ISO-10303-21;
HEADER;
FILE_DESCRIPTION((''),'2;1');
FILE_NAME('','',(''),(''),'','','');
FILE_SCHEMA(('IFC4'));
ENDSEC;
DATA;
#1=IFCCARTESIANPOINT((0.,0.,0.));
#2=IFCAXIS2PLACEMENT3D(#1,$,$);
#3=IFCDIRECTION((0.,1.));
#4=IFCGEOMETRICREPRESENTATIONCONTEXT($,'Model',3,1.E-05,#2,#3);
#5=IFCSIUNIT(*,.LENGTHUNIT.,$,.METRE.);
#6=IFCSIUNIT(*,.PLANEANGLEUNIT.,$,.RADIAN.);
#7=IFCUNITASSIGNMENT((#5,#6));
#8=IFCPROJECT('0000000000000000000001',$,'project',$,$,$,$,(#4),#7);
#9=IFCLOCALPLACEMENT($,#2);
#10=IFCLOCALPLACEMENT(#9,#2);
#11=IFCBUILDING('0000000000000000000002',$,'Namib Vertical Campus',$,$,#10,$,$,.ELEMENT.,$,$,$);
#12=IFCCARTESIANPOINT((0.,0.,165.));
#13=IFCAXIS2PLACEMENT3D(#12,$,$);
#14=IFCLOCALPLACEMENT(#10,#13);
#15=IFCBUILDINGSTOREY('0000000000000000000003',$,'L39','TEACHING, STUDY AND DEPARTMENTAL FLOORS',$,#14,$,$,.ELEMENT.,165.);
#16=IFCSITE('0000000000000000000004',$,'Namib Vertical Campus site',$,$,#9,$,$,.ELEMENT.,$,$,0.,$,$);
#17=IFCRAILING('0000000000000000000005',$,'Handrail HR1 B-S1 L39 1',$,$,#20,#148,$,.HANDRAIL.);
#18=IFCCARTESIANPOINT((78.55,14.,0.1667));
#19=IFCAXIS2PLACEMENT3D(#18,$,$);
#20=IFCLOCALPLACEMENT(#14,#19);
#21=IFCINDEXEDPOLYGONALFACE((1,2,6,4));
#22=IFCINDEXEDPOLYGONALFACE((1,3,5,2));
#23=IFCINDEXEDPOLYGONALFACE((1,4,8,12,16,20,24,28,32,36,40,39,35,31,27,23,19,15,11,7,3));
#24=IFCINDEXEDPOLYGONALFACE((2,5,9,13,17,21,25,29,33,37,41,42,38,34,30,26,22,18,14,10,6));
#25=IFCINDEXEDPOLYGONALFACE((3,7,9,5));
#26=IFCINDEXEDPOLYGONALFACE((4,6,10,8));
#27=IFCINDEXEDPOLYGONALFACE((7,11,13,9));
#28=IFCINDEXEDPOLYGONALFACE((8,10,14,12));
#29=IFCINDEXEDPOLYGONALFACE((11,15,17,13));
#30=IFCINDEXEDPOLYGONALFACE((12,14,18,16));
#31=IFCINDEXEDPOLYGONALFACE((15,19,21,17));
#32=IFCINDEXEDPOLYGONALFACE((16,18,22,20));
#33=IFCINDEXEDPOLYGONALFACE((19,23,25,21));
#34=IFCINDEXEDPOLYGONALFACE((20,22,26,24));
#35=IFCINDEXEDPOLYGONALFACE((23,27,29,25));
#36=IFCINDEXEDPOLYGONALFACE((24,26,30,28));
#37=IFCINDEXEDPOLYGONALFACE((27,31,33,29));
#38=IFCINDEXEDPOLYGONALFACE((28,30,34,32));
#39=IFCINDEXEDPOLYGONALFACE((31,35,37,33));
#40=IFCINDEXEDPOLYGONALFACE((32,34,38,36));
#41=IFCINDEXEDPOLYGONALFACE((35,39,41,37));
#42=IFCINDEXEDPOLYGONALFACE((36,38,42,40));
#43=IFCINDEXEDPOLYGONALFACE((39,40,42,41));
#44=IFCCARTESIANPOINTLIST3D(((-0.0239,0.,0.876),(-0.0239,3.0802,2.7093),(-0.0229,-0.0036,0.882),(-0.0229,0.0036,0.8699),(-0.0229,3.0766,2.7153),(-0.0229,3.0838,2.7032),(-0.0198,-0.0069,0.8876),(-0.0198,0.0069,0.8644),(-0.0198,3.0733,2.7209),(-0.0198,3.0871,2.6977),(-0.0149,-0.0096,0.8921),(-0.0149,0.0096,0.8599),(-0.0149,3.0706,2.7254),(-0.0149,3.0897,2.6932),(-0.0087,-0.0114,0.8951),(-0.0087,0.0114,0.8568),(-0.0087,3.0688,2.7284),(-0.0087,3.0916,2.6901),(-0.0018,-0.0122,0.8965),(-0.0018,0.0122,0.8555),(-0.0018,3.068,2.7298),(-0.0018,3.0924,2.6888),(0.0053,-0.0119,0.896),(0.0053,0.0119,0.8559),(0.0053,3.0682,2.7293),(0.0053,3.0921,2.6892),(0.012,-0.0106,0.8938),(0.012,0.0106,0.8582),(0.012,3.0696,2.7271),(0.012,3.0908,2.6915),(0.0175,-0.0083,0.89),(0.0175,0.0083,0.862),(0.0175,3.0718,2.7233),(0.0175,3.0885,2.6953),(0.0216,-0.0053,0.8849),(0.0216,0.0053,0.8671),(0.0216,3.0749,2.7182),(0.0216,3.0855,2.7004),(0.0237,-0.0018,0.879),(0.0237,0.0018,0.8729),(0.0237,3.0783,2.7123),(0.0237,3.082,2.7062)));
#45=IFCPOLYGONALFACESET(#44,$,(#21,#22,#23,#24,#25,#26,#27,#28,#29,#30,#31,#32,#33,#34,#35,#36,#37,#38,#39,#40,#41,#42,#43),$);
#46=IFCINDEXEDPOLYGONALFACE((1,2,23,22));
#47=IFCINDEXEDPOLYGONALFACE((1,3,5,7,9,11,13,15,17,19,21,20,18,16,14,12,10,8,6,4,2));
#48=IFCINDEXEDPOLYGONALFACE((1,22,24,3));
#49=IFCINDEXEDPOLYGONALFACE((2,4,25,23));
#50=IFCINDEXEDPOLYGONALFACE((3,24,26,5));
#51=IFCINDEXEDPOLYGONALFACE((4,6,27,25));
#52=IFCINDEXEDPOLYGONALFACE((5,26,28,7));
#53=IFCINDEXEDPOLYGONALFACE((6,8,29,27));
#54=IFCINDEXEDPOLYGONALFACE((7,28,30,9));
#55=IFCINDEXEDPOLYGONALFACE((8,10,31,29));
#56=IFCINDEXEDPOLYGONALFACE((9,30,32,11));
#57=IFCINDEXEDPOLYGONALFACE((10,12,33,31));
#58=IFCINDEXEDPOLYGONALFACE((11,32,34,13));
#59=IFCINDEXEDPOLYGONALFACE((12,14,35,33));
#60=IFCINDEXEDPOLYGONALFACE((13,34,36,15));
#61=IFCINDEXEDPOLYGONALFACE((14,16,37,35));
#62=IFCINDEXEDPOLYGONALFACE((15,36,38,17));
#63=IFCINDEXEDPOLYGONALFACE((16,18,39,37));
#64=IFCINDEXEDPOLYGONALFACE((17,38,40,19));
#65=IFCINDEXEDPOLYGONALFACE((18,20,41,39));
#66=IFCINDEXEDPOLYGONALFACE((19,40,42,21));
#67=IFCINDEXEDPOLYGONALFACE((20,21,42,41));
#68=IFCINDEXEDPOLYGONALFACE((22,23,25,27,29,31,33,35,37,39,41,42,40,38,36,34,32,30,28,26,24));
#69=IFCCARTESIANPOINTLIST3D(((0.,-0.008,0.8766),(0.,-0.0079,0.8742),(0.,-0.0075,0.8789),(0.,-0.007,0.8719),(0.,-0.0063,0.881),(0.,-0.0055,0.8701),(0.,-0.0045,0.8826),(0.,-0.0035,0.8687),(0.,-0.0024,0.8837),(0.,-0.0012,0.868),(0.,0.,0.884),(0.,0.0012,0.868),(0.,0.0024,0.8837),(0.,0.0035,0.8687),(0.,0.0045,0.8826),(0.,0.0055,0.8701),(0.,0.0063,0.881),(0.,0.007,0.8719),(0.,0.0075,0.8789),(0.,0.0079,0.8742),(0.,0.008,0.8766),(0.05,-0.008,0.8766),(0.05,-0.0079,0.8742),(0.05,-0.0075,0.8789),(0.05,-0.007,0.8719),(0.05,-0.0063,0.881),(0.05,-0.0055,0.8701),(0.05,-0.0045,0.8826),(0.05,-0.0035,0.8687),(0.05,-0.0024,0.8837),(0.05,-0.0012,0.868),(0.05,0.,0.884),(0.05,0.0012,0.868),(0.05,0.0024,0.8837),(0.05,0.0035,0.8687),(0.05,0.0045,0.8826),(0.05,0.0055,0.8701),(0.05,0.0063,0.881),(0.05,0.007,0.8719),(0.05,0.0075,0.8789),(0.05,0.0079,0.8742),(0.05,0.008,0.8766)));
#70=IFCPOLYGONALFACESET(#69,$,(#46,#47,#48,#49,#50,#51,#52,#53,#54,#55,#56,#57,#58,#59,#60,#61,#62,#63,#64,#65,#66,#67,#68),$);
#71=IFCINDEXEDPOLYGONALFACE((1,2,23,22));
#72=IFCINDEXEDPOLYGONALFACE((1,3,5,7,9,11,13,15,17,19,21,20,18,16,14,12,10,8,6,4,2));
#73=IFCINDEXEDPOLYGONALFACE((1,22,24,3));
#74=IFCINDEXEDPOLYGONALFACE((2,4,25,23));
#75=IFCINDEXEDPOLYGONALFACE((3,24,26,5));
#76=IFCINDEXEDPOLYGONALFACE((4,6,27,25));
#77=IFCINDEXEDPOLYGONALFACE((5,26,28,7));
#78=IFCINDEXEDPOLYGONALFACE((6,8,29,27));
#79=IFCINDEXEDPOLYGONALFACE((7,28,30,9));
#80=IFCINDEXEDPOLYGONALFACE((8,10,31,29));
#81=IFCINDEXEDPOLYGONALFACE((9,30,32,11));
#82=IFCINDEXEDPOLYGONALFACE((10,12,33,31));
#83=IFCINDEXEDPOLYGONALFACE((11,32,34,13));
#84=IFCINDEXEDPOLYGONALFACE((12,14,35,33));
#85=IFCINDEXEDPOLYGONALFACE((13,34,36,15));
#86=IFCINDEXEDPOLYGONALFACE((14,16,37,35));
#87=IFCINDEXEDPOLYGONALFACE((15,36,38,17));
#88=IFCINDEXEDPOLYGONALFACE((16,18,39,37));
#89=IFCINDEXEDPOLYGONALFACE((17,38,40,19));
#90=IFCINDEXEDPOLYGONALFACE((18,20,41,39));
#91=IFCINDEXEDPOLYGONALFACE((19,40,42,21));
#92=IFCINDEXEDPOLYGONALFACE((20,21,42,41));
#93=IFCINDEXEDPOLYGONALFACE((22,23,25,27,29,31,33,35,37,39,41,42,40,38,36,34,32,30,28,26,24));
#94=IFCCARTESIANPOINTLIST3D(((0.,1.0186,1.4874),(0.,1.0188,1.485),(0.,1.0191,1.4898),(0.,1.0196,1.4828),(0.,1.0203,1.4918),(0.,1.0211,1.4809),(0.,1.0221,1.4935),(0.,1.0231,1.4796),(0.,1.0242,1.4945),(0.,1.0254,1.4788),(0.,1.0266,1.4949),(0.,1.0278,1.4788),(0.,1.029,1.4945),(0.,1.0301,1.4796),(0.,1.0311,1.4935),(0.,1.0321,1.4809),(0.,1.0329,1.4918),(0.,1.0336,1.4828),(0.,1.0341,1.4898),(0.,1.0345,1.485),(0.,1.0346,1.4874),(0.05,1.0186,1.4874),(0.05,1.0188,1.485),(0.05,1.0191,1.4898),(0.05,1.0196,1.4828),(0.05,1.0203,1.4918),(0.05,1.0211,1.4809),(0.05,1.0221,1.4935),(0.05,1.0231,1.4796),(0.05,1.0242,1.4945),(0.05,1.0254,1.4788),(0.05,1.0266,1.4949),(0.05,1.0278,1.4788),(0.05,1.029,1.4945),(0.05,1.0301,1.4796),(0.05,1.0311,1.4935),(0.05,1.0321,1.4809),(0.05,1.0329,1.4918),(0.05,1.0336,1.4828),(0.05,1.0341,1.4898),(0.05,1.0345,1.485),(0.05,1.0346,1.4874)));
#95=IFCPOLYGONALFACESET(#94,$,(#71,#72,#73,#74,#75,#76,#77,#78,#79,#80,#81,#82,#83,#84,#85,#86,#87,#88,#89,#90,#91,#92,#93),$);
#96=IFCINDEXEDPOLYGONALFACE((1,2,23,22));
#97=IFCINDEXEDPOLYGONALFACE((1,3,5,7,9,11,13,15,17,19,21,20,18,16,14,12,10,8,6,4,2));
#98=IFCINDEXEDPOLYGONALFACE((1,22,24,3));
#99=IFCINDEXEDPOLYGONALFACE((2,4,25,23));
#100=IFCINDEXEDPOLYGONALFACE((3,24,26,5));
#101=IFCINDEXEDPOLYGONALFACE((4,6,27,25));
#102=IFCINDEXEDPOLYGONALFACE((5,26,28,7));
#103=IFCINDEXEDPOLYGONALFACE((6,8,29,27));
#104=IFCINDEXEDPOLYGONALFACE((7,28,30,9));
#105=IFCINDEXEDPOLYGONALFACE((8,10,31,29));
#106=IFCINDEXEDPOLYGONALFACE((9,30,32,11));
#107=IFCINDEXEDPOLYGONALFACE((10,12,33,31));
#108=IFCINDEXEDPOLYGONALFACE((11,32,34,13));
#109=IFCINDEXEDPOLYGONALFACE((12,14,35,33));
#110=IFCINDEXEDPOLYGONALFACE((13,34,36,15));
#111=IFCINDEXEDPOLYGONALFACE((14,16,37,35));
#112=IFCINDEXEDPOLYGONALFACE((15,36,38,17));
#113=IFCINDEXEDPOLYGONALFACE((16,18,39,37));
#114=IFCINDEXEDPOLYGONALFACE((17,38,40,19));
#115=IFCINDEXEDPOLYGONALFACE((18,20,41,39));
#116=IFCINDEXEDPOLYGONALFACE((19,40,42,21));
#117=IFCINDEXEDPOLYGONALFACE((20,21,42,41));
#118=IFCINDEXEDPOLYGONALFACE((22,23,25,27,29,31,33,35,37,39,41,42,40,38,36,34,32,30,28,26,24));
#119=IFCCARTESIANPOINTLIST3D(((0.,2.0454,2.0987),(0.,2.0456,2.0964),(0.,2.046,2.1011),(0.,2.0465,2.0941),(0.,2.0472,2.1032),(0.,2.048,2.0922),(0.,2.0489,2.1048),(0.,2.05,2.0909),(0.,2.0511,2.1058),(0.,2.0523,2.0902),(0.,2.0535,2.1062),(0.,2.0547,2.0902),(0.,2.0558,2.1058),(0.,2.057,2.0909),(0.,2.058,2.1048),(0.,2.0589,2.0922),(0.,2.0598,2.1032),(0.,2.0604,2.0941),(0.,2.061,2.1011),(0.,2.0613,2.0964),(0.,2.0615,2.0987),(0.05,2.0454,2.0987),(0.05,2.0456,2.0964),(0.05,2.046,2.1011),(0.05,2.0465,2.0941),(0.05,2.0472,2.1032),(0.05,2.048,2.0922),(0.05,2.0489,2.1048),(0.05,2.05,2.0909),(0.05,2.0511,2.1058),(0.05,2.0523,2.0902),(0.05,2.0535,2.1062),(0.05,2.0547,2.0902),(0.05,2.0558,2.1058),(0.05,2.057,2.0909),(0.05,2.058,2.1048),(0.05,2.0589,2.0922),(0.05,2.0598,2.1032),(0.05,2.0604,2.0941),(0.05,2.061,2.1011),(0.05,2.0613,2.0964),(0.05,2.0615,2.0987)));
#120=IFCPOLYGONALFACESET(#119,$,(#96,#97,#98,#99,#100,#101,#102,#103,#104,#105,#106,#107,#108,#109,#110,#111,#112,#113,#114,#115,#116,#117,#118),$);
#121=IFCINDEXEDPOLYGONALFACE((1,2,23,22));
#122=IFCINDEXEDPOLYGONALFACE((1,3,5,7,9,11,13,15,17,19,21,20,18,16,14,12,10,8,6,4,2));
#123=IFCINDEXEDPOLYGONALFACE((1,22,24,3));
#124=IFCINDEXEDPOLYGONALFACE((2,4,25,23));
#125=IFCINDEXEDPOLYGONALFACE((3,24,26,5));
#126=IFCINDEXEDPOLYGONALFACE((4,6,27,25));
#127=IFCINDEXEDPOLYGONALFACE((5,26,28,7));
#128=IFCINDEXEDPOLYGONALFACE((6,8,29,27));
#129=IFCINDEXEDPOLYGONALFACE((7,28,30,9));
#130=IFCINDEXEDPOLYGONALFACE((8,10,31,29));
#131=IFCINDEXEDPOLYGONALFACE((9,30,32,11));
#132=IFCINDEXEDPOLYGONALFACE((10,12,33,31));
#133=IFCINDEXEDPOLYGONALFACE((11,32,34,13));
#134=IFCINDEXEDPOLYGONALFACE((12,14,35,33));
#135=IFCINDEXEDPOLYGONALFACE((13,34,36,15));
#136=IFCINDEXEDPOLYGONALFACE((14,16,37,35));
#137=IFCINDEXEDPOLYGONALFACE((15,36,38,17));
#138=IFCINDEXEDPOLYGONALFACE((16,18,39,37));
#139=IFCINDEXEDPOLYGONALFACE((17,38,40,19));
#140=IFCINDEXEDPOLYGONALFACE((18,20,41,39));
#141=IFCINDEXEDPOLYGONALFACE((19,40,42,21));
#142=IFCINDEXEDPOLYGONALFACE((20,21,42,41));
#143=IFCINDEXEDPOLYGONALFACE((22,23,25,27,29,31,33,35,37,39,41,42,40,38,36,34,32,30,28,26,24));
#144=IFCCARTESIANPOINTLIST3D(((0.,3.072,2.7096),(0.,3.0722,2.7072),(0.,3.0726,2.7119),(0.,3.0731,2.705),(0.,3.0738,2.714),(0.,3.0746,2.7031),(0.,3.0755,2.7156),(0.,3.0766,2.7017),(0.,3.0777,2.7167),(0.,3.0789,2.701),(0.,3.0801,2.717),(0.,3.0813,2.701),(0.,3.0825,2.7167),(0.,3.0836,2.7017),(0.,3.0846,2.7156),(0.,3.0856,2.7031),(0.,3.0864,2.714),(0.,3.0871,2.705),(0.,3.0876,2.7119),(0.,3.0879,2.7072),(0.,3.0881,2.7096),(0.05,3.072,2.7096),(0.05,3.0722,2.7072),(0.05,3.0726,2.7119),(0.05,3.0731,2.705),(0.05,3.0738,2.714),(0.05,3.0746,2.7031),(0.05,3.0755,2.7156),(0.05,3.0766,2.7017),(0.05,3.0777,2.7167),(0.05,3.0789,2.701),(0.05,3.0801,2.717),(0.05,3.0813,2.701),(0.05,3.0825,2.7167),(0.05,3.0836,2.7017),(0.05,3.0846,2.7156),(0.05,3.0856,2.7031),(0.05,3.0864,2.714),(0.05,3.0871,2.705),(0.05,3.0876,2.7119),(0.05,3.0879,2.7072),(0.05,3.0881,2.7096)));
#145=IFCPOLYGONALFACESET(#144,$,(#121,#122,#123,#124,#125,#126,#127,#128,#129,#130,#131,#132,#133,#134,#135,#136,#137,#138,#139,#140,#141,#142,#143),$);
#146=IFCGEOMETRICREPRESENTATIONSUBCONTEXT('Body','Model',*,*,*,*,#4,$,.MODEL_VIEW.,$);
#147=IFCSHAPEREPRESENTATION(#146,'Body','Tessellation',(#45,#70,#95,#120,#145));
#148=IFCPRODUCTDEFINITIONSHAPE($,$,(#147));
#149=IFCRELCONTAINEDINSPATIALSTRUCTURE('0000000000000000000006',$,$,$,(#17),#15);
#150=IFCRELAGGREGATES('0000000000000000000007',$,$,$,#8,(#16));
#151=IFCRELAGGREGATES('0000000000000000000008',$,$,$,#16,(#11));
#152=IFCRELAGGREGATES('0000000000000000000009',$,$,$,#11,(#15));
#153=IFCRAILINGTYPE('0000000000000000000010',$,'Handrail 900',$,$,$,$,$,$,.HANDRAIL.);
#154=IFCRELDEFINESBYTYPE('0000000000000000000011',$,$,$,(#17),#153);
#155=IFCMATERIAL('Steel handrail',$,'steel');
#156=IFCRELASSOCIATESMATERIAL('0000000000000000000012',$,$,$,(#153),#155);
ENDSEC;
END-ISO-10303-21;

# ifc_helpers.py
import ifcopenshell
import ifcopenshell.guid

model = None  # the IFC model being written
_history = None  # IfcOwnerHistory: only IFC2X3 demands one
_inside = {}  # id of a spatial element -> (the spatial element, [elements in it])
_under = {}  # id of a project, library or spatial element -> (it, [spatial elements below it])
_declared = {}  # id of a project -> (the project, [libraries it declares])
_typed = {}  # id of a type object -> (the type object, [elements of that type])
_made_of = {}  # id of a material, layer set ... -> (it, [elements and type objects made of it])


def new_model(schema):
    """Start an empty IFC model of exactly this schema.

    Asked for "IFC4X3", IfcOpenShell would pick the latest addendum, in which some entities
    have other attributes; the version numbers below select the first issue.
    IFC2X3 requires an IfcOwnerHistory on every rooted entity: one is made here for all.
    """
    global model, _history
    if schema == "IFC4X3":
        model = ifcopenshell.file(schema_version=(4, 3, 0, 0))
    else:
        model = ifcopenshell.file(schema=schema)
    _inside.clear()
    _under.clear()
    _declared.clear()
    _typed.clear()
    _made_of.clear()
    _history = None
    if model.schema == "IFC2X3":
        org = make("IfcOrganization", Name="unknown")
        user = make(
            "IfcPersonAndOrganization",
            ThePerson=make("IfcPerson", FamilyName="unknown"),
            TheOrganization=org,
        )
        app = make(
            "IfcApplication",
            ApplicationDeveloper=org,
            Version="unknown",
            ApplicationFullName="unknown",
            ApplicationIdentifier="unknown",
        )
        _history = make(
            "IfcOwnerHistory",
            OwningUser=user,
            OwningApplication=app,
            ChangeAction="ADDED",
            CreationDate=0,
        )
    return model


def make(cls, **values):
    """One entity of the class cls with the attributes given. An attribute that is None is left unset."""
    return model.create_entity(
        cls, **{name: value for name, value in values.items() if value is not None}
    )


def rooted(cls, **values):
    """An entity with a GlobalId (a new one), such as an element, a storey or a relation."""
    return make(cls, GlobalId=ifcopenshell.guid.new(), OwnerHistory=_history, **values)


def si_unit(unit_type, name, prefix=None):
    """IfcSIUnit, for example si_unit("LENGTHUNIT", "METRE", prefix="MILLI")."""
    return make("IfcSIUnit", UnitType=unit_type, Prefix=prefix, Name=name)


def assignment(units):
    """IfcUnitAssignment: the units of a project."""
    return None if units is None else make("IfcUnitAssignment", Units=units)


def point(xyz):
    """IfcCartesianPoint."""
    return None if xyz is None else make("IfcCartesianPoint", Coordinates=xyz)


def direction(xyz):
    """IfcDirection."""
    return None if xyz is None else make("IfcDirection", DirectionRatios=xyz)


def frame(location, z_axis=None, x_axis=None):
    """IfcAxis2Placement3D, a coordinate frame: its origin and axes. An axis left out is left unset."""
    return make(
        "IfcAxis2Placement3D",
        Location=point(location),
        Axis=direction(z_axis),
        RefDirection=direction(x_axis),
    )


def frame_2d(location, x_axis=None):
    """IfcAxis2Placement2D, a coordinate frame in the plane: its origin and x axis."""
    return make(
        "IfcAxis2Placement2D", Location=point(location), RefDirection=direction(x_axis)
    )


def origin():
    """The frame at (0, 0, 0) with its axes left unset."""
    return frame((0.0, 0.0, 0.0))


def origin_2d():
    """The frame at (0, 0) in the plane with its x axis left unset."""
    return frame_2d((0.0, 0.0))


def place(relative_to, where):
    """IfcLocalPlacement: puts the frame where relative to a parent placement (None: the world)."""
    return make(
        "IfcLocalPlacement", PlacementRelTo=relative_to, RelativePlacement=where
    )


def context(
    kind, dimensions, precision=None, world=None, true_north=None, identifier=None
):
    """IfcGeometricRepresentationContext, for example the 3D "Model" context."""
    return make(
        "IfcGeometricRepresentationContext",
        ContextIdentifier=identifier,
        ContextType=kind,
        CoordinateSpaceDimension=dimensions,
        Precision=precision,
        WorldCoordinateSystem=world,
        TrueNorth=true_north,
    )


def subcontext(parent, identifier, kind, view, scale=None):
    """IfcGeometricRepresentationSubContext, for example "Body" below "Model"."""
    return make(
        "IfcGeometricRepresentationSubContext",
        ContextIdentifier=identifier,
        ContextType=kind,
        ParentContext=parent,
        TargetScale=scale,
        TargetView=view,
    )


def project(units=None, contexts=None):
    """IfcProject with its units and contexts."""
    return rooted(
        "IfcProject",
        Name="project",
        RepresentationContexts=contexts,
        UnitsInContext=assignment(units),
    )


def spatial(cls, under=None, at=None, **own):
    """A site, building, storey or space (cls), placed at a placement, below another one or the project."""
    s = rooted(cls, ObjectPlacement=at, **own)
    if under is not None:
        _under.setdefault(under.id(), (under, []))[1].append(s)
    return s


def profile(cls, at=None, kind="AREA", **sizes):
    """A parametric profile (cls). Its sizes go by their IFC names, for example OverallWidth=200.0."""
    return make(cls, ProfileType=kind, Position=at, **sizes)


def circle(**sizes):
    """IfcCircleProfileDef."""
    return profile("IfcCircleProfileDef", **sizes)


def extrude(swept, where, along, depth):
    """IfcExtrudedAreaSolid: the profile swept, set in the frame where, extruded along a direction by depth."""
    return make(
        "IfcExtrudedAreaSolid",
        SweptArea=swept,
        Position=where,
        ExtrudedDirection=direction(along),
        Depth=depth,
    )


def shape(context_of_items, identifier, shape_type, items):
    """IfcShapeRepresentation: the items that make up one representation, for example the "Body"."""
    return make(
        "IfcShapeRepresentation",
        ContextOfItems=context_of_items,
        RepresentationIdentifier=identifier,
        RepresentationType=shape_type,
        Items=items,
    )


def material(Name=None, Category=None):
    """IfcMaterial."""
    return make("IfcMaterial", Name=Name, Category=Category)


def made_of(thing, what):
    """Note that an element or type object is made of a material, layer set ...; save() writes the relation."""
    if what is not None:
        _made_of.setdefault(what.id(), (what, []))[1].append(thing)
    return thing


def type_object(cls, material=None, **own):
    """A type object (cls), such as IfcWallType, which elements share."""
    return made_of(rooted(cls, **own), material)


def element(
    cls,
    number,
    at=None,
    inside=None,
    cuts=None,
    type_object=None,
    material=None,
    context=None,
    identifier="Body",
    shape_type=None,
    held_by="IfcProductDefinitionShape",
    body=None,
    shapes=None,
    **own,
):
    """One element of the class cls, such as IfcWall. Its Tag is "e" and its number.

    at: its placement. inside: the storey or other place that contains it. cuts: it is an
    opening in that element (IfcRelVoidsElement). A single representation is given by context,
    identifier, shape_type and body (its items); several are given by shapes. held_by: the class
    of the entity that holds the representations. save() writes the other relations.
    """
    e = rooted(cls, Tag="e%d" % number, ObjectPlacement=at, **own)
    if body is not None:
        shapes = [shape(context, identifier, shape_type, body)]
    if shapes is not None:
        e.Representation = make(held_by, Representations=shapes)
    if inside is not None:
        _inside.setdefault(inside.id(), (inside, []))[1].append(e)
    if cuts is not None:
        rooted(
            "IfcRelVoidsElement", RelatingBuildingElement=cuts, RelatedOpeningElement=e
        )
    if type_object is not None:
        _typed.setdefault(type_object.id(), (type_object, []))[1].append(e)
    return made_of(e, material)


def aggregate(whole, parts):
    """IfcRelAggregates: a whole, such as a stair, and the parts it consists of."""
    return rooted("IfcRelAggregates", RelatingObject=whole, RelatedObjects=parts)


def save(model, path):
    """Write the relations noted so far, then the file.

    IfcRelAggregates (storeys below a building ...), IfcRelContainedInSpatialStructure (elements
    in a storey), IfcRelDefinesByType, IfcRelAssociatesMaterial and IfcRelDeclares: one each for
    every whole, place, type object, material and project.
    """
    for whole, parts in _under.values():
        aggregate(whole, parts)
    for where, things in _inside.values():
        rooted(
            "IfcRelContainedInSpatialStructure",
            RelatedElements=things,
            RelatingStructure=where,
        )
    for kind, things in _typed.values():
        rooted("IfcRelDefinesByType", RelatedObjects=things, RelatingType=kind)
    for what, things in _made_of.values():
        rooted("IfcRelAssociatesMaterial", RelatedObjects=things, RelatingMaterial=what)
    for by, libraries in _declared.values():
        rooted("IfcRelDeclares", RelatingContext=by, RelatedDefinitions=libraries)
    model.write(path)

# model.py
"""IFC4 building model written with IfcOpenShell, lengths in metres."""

from ifc_helpers import new_model, si_unit, direction, frame, origin, origin_2d, place, context, subcontext, project, spatial, circle, extrude, material, type_object, element, save


model = new_model("IFC4")

# Units and contexts
model_context = context("Model", 3, precision=1e-05, world=origin(), true_north=direction((0.0, 1.0)))
body_context = subcontext(model_context, "Body", "Model", "MODEL_VIEW")
ifc_project = project(units=[si_unit("LENGTHUNIT", "METRE"), si_unit("PLANEANGLEUNIT", "RADIAN")], contexts=[model_context])

# Site, building, storey
site_placement = place(None, origin())
site = spatial("IfcSite", under=ifc_project, at=site_placement, Name="Namib Vertical Campus site", CompositionType="ELEMENT", RefElevation=0.0)
building_placement = place(site_placement, origin())
building = spatial("IfcBuilding", under=site, at=building_placement, Name="Namib Vertical Campus", CompositionType="ELEMENT")
storey_placement = place(building_placement, frame((0.0, 0.0, 165.0)))
storey = spatial("IfcBuildingStorey", under=building, at=storey_placement, Name="L39", Description="TEACHING, STUDY AND DEPARTMENTAL FLOORS", CompositionType="ELEMENT", Elevation=165.0)

# Railing
ifc_material_1 = material(Name="Steel handrail", Category="steel")
railing_type_1 = type_object("IfcRailingType", Name="Handrail 900", PredefinedType="HANDRAIL", material=ifc_material_1)
railing_1_placement = place(storey_placement, frame((78.55, 14.0, 0.1667)))
element("IfcRailing", 1, at=railing_1_placement, inside=storey, type_object=railing_type_1, Name="Handrail HR1 B-S1 L39 1", PredefinedType="HANDRAIL", context=body_context, shape_type="SweptSolid", body=[
    extrude(circle(Radius=0.0239, at=origin_2d()), frame((0.0, 0.0, 0.876), z_axis=(0.0, 0.859309, 0.511458), x_axis=(-1.0, 0.0, 0.0)), (0.0, 0.0, 1.0), 3.5845),
    extrude(circle(Radius=0.0081, at=origin_2d()), frame((0.0, 0.0, 0.876), z_axis=(1.0, 0.0, 0.0), x_axis=(0.0, 0.0, 1.0)), (0.0, 0.0, 1.0), 0.05),
    extrude(circle(Radius=0.0081, at=origin_2d()), frame((0.0, 1.0266, 1.4868), z_axis=(1.0, 0.0, 0.0), x_axis=(0.0, 0.0, 1.0)), (0.0, 0.0, 1.0), 0.05),
    extrude(circle(Radius=0.0081, at=origin_2d()), frame((0.0, 2.0535, 2.0981), z_axis=(1.0, 0.0, 0.0), x_axis=(0.0, 0.0, 1.0)), (0.0, 0.0, 1.0), 0.05),
    extrude(circle(Radius=0.0081, at=origin_2d()), frame((0.0, 3.0801, 2.709), z_axis=(1.0, 0.0, 0.0), x_axis=(0.0, 0.0, 1.0)), (0.0, 0.0, 1.0), 0.05),
])

save(model, "model.ifc")
